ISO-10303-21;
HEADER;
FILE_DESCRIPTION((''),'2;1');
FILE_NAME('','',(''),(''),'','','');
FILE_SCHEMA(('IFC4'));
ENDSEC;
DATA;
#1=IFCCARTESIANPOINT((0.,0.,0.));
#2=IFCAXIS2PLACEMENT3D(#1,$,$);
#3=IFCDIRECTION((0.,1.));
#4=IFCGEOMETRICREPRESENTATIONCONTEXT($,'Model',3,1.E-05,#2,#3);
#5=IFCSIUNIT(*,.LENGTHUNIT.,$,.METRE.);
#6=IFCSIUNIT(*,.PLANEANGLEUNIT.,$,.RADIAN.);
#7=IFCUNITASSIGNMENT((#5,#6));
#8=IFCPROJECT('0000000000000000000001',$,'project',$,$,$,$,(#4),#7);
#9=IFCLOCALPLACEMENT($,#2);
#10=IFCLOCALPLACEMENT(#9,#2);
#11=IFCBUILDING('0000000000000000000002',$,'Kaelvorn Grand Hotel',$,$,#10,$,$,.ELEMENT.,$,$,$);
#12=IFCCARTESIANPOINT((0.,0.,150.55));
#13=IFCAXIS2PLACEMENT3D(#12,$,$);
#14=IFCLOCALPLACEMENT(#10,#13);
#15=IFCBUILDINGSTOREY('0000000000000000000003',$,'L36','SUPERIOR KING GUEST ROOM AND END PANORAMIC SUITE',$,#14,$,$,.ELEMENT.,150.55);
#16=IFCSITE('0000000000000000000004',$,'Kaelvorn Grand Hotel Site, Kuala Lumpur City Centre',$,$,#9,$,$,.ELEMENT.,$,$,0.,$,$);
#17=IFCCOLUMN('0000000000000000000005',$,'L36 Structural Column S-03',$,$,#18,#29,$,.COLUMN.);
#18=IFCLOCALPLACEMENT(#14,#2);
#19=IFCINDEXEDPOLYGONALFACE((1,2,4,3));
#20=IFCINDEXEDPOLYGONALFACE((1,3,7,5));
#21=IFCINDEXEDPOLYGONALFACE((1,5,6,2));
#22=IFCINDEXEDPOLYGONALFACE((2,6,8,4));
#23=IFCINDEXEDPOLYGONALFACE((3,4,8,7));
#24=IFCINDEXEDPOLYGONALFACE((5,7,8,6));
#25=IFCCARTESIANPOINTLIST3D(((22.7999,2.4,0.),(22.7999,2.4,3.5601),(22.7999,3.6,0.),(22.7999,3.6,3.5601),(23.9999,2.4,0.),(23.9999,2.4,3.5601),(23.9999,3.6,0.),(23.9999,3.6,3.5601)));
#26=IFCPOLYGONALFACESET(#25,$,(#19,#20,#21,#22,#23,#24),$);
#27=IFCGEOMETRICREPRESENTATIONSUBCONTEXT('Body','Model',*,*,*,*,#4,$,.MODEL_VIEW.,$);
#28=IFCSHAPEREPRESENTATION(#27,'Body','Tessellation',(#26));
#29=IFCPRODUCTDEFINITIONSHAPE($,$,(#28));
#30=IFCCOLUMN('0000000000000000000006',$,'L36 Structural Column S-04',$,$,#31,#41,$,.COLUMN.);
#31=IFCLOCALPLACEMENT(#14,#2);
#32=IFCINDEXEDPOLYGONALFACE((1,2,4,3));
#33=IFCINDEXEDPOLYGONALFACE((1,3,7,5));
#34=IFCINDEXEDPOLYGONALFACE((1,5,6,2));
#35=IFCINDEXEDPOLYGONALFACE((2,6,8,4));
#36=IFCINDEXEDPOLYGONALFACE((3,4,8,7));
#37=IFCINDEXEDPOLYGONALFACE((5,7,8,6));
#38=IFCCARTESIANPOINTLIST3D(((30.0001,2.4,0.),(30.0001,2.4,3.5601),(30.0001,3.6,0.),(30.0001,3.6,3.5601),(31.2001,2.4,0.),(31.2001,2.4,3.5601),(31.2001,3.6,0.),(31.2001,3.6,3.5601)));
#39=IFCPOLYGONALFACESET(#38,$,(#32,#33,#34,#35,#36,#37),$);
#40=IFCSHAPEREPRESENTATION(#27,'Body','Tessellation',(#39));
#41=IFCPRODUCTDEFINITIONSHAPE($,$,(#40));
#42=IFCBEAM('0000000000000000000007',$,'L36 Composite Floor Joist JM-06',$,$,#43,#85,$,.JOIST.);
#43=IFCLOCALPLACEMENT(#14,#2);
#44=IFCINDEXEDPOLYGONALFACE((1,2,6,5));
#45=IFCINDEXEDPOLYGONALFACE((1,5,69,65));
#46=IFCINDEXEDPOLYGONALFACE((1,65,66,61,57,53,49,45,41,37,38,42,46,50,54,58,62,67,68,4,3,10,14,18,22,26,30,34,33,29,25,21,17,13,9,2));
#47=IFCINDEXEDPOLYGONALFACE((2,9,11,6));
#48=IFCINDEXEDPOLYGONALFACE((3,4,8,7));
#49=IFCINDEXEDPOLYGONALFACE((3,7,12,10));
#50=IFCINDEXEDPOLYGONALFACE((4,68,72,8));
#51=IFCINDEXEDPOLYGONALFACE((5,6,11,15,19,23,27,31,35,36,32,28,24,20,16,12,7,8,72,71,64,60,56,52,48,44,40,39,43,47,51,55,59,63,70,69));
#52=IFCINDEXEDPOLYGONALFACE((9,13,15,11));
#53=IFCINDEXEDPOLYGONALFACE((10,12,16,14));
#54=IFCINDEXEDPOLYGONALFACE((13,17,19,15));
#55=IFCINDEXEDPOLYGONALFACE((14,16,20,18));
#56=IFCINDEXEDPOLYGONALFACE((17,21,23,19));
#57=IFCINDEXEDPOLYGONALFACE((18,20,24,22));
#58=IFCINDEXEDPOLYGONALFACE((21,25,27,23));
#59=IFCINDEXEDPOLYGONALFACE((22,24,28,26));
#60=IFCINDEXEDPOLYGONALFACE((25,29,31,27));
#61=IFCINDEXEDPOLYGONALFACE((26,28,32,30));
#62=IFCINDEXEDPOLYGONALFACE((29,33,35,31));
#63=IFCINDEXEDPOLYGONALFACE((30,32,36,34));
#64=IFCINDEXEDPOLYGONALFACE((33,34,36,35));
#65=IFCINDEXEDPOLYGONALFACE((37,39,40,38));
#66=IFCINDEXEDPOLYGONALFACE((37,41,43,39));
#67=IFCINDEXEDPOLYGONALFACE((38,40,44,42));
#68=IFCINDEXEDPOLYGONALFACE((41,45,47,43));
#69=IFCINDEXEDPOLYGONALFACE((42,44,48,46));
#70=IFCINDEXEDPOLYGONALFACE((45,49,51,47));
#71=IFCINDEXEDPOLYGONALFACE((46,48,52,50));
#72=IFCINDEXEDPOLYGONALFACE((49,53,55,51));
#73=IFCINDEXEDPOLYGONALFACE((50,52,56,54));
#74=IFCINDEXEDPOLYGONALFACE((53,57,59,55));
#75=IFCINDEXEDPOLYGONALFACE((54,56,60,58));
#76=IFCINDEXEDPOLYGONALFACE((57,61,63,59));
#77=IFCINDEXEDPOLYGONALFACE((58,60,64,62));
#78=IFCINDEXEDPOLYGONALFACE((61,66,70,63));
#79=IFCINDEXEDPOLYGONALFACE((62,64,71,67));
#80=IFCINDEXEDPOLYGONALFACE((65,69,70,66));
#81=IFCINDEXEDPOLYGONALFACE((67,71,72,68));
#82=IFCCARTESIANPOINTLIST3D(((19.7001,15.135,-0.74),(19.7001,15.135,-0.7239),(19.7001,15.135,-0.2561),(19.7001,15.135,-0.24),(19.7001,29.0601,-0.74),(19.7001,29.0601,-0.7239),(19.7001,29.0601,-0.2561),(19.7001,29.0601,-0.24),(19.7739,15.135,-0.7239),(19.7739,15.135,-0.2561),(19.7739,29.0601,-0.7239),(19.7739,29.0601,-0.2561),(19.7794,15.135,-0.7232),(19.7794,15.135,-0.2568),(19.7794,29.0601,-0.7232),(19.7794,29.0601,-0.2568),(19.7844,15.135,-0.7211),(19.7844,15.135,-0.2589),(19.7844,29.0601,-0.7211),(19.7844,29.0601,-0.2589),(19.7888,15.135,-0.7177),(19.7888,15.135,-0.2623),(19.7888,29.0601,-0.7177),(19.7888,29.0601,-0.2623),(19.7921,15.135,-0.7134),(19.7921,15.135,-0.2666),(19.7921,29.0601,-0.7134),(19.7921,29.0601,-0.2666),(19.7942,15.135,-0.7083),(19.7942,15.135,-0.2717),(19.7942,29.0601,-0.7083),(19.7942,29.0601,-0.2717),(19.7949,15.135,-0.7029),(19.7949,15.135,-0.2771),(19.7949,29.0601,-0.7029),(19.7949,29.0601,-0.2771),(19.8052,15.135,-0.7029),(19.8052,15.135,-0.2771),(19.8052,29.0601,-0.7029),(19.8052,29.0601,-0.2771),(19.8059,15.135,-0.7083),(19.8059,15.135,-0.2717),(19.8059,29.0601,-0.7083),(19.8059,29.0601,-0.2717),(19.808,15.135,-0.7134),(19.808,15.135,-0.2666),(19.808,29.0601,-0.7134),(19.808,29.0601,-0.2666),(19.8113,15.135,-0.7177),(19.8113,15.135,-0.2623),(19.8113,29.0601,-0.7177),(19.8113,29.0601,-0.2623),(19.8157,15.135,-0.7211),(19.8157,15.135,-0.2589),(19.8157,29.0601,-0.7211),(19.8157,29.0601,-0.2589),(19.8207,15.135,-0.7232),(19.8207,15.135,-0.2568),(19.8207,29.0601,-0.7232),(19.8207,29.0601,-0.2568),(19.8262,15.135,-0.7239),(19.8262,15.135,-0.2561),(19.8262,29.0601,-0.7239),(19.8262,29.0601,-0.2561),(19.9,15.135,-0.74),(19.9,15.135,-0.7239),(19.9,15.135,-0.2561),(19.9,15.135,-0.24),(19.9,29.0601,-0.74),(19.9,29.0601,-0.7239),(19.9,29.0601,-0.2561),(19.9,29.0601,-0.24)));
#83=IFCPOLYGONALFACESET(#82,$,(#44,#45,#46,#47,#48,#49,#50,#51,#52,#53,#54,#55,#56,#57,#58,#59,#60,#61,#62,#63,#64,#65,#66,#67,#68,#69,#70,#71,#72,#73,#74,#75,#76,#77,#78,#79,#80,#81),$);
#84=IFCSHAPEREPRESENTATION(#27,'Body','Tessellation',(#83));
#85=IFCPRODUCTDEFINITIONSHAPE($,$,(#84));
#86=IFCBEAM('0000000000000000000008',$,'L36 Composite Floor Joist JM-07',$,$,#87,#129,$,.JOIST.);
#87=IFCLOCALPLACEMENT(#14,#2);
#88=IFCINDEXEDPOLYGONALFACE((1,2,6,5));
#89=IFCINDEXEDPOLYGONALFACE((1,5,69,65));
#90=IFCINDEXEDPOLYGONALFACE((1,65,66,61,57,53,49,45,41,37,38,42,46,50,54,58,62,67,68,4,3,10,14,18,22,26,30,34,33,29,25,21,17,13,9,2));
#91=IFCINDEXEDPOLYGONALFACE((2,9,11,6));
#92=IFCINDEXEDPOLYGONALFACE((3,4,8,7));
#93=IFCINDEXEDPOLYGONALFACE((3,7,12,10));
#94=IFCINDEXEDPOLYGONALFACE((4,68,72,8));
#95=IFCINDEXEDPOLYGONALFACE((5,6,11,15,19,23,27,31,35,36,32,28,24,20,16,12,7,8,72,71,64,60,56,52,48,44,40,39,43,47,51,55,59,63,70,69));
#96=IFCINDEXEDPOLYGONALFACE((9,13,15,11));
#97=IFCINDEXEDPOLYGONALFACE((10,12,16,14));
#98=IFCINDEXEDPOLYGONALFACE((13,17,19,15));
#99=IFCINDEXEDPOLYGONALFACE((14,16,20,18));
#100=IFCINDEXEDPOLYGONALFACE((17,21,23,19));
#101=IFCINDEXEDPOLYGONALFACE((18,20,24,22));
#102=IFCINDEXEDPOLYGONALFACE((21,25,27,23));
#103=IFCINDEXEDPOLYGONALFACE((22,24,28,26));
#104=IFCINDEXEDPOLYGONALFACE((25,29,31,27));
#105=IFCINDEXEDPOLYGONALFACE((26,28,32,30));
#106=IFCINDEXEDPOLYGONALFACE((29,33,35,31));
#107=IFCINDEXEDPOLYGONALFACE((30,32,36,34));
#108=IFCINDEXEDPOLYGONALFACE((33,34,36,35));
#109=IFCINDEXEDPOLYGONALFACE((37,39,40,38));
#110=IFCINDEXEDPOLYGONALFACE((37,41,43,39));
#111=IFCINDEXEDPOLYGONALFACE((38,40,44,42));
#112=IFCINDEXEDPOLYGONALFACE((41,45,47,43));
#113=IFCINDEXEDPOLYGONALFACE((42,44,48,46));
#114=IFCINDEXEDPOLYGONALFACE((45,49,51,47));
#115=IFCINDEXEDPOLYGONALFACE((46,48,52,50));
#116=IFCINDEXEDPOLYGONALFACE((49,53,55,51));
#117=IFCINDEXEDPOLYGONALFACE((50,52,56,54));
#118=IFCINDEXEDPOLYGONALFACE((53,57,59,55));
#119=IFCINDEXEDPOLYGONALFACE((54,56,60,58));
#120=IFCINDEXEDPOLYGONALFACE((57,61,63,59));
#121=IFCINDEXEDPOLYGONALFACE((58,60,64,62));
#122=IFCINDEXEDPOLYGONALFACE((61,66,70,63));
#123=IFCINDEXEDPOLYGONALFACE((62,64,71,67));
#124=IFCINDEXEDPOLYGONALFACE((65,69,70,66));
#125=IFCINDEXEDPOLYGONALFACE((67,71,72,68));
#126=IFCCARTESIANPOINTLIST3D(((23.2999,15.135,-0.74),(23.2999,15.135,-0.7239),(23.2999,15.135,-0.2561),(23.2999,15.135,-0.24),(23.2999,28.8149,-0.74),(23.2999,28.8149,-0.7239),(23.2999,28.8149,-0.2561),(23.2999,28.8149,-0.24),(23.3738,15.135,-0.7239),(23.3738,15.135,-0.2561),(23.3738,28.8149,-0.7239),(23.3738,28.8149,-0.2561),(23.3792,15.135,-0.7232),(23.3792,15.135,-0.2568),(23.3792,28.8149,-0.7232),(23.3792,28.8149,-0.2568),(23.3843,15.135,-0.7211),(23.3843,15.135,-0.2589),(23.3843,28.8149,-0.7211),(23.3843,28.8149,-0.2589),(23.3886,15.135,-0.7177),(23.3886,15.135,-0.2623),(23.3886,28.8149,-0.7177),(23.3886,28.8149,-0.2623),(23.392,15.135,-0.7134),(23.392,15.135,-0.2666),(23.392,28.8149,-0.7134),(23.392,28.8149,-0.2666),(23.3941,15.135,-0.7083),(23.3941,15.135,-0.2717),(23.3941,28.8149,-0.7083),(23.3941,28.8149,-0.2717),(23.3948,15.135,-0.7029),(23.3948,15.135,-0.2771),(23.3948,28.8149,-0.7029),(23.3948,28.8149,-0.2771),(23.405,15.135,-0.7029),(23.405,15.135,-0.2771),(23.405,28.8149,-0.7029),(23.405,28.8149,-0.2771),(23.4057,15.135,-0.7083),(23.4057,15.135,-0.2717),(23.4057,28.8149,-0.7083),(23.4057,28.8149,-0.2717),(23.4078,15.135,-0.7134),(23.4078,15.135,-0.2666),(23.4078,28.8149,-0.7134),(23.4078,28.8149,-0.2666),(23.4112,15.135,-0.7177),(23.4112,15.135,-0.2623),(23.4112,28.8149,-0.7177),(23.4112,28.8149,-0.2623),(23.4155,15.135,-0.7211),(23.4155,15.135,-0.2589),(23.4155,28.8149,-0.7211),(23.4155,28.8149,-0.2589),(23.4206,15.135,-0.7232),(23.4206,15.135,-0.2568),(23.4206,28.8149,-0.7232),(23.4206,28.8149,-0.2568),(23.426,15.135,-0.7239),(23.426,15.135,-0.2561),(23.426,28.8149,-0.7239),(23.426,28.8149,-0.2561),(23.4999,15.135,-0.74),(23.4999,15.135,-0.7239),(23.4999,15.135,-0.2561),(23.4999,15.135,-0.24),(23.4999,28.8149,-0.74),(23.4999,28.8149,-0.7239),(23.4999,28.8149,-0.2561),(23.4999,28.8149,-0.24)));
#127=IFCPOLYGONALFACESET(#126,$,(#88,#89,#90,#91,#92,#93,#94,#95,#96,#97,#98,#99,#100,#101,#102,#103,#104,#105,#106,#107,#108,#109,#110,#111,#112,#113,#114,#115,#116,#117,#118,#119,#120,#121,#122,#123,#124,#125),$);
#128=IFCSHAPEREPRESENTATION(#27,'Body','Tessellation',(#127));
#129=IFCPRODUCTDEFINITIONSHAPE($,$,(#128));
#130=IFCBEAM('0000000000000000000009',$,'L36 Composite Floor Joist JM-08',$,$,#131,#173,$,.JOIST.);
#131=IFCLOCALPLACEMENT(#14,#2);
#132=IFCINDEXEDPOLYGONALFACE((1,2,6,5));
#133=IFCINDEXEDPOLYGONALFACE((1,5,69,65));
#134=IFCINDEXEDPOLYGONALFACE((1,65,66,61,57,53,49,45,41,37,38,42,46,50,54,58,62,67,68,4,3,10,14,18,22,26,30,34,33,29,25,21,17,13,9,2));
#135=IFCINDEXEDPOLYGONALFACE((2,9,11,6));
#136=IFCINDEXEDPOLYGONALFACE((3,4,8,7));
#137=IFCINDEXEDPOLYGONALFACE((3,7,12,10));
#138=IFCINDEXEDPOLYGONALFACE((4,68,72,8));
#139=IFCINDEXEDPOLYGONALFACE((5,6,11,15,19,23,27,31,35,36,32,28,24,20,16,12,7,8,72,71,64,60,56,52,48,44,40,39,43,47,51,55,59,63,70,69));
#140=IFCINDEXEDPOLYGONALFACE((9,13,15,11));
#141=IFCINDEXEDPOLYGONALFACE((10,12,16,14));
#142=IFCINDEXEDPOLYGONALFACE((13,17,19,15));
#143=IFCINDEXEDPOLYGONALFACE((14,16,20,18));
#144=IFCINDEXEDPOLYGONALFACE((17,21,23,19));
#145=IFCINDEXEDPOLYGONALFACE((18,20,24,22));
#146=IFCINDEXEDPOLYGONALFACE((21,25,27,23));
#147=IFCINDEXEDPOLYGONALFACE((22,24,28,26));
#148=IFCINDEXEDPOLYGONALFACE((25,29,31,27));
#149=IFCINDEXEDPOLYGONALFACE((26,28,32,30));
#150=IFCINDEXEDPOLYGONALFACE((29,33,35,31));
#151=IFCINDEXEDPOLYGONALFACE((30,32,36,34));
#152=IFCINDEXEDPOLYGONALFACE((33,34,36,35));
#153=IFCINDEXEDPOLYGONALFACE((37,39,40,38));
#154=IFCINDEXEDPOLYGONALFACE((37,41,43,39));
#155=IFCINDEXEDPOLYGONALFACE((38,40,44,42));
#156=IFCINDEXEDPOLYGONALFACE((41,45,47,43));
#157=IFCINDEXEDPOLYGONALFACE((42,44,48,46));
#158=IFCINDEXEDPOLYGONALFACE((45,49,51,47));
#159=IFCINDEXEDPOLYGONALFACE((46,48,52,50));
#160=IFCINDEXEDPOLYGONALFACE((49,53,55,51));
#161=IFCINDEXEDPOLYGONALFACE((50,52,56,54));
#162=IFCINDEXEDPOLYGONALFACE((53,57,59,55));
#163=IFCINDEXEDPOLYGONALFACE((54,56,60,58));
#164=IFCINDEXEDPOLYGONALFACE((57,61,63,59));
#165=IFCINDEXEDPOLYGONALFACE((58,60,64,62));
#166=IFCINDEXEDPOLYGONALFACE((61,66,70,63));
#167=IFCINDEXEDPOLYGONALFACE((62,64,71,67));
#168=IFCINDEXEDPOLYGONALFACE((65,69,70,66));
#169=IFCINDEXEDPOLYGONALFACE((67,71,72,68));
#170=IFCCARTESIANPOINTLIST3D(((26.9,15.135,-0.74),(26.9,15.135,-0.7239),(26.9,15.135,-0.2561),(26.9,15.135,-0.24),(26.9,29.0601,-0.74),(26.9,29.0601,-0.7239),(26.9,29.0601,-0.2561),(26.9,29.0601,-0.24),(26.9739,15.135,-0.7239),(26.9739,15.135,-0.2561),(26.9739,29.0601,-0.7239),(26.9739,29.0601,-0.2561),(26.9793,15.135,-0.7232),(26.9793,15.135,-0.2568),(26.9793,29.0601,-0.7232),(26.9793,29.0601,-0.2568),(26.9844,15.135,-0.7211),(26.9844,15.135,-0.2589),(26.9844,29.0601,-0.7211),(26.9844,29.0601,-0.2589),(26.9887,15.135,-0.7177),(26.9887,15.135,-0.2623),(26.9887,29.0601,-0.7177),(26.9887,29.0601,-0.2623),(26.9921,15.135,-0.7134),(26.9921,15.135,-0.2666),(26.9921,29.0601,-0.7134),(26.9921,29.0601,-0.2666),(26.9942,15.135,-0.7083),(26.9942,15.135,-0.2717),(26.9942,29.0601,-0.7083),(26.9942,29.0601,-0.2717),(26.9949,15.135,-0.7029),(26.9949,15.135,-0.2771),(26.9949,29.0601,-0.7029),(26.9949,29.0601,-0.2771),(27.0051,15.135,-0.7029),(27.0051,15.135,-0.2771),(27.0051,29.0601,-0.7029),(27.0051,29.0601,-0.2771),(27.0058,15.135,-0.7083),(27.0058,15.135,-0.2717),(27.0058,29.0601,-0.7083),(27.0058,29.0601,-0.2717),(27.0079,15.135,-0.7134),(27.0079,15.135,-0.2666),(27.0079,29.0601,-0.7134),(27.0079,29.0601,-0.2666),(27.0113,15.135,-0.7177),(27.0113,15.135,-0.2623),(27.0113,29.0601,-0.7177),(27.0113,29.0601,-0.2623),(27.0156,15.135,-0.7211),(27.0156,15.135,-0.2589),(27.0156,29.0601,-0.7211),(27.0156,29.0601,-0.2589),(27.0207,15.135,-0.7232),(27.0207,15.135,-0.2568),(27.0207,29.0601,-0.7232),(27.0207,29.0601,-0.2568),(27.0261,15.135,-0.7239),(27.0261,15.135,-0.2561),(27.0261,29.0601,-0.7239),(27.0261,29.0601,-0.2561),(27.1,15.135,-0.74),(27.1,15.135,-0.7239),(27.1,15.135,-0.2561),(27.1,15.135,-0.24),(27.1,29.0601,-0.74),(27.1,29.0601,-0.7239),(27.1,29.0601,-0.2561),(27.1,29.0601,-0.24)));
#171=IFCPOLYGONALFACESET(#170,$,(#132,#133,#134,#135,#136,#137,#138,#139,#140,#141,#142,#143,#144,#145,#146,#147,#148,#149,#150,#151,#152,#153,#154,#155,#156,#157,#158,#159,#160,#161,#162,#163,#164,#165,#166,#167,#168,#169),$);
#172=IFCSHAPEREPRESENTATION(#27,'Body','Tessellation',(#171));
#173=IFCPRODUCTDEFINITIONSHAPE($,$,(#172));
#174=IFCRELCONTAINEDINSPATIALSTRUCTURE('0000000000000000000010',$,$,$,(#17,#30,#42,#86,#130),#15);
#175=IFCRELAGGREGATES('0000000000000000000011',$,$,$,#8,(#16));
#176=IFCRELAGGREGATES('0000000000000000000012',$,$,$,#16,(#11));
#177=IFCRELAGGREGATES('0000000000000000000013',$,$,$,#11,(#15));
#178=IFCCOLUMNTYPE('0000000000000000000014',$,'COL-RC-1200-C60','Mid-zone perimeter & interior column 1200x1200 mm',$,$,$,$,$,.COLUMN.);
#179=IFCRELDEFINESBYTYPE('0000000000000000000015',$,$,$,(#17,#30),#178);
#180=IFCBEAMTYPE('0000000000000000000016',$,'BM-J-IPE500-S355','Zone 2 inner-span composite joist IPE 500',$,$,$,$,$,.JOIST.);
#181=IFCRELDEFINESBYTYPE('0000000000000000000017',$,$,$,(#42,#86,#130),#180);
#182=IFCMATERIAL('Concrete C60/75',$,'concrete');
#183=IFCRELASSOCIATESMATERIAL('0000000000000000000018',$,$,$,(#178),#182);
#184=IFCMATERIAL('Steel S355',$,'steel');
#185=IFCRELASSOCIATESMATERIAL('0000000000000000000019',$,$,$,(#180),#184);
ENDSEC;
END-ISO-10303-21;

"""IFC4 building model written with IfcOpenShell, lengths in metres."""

from ifc_helpers import new_model, si_unit, direction, frame, origin, origin_2d, place, context, subcontext, project, spatial, rectangle, i_section, extrude, material, material_profile, profile_set, type_object, element, save


model = new_model("IFC4")

# Units and contexts
model_context = context("Model", 3, precision=1e-05, world=origin(), true_north=direction((0.0, 1.0)))
body_context = subcontext(model_context, "Body", "Model", "MODEL_VIEW")
ifc_project = project(units=[si_unit("LENGTHUNIT", "METRE"), si_unit("PLANEANGLEUNIT", "RADIAN")], contexts=[model_context])

# Site, building, storey
site_placement = place(None, origin())
site = spatial("IfcSite", under=ifc_project, at=site_placement, Name="Kaelvorn Grand Hotel Site, Kuala Lumpur City Centre", CompositionType="ELEMENT", RefElevation=0.0)
building_placement = place(site_placement, origin())
building = spatial("IfcBuilding", under=site, at=building_placement, Name="Kaelvorn Grand Hotel", CompositionType="ELEMENT")
storey_placement = place(building_placement, frame((0.0, 0.0, 150.55)))
storey = spatial("IfcBuildingStorey", under=building, at=storey_placement, Name="L36", Description="SUPERIOR KING GUEST ROOM AND END PANORAMIC SUITE", CompositionType="ELEMENT", Elevation=150.55)

# Columns
ifc_material_1 = material(Name="Concrete C60/75", Category="concrete")
ifc_material_profile_1 = material_profile(ifc_material_1, rectangle(XDim=1.2, YDim=1.2, at=origin_2d()), Name="RC COL 1200x1200")
ifc_profile_set_1 = profile_set([ifc_material_profile_1], Name="Concrete C60/75")
column_type = type_object("IfcColumnType", Name="COL-RC-1200-C60", Description="Mid-zone perimeter & interior column 1200x1200 mm", PredefinedType="COLUMN", material=ifc_profile_set_1)
for number, where, z_axis, x_axis, name in (
    (1, (23.3999, 3.0, 0.0), (0.0, 0.0, 1.0), (1.0, 0.0, 0.0), "L36 Structural Column S-03"),
    (2, (30.6001, 3.0, 0.0), (0.0, 0.0, 1.0), (1.0, 0.0, 0.0), "L36 Structural Column S-04"),
):
    element("IfcColumn", number, at=place(storey_placement, frame(where, z_axis=z_axis, x_axis=x_axis)), inside=storey, type_object=column_type, Name=name, PredefinedType="COLUMN", context=body_context, shape_type="SweptSolid", body=[
        extrude(rectangle(XDim=1.2, YDim=1.2, at=origin_2d()), origin(), (0.0, 0.0, 1.0), 3.5601),
    ])

# Beams
ifc_material_2 = material(Name="Steel S355", Category="steel")
ifc_material_profile_2 = material_profile(ifc_material_2, i_section(OverallWidth=0.2, OverallDepth=0.5, WebThickness=0.0103, FlangeThickness=0.0161, FilletRadius=0.021, at=origin_2d()), Name="IPE 500")
ifc_profile_set_2 = profile_set([ifc_material_profile_2], Name="Steel S355")
beam_type_1 = type_object("IfcBeamType", Name="BM-J-IPE500-S355", Description="Zone 2 inner-span composite joist IPE 500", PredefinedType="JOIST", material=ifc_profile_set_2)
beam_1_placement = place(storey_placement, frame((19.8, 15.135, -0.49), z_axis=(0.0, 1.0, 0.0), x_axis=(-1.0, 0.0, 0.0)))
element("IfcBeam", 3, at=beam_1_placement, inside=storey, type_object=beam_type_1, Name="L36 Composite Floor Joist JM-06", PredefinedType="JOIST", context=body_context, shape_type="SweptSolid", body=[
    extrude(i_section(OverallWidth=0.2, OverallDepth=0.5, WebThickness=0.0103, FlangeThickness=0.0161, FilletRadius=0.021, at=origin_2d()), origin(), (0.0, 0.0, 1.0), 13.925),
])
beam_2_placement = place(storey_placement, frame((23.3999, 15.135, -0.49), z_axis=(0.0, 1.0, 0.0), x_axis=(-1.0, 0.0, 0.0)))
element("IfcBeam", 4, at=beam_2_placement, inside=storey, type_object=beam_type_1, Name="L36 Composite Floor Joist JM-07", PredefinedType="JOIST", context=body_context, shape_type="SweptSolid", body=[
    extrude(i_section(OverallWidth=0.2, OverallDepth=0.5, WebThickness=0.0103, FlangeThickness=0.0161, FilletRadius=0.021, at=origin_2d()), origin(), (0.0, 0.0, 1.0), 13.6799),
])
beam_3_placement = place(storey_placement, frame((27.0, 15.135, -0.49), z_axis=(0.0, 1.0, 0.0), x_axis=(-1.0, 0.0, 0.0)))
element("IfcBeam", 5, at=beam_3_placement, inside=storey, type_object=beam_type_1, Name="L36 Composite Floor Joist JM-08", PredefinedType="JOIST", context=body_context, shape_type="SweptSolid", body=[
    extrude(i_section(OverallWidth=0.2, OverallDepth=0.5, WebThickness=0.0103, FlangeThickness=0.0161, FilletRadius=0.021, at=origin_2d()), origin(), (0.0, 0.0, 1.0), 13.925),
])

save(model, "model.ifc")
